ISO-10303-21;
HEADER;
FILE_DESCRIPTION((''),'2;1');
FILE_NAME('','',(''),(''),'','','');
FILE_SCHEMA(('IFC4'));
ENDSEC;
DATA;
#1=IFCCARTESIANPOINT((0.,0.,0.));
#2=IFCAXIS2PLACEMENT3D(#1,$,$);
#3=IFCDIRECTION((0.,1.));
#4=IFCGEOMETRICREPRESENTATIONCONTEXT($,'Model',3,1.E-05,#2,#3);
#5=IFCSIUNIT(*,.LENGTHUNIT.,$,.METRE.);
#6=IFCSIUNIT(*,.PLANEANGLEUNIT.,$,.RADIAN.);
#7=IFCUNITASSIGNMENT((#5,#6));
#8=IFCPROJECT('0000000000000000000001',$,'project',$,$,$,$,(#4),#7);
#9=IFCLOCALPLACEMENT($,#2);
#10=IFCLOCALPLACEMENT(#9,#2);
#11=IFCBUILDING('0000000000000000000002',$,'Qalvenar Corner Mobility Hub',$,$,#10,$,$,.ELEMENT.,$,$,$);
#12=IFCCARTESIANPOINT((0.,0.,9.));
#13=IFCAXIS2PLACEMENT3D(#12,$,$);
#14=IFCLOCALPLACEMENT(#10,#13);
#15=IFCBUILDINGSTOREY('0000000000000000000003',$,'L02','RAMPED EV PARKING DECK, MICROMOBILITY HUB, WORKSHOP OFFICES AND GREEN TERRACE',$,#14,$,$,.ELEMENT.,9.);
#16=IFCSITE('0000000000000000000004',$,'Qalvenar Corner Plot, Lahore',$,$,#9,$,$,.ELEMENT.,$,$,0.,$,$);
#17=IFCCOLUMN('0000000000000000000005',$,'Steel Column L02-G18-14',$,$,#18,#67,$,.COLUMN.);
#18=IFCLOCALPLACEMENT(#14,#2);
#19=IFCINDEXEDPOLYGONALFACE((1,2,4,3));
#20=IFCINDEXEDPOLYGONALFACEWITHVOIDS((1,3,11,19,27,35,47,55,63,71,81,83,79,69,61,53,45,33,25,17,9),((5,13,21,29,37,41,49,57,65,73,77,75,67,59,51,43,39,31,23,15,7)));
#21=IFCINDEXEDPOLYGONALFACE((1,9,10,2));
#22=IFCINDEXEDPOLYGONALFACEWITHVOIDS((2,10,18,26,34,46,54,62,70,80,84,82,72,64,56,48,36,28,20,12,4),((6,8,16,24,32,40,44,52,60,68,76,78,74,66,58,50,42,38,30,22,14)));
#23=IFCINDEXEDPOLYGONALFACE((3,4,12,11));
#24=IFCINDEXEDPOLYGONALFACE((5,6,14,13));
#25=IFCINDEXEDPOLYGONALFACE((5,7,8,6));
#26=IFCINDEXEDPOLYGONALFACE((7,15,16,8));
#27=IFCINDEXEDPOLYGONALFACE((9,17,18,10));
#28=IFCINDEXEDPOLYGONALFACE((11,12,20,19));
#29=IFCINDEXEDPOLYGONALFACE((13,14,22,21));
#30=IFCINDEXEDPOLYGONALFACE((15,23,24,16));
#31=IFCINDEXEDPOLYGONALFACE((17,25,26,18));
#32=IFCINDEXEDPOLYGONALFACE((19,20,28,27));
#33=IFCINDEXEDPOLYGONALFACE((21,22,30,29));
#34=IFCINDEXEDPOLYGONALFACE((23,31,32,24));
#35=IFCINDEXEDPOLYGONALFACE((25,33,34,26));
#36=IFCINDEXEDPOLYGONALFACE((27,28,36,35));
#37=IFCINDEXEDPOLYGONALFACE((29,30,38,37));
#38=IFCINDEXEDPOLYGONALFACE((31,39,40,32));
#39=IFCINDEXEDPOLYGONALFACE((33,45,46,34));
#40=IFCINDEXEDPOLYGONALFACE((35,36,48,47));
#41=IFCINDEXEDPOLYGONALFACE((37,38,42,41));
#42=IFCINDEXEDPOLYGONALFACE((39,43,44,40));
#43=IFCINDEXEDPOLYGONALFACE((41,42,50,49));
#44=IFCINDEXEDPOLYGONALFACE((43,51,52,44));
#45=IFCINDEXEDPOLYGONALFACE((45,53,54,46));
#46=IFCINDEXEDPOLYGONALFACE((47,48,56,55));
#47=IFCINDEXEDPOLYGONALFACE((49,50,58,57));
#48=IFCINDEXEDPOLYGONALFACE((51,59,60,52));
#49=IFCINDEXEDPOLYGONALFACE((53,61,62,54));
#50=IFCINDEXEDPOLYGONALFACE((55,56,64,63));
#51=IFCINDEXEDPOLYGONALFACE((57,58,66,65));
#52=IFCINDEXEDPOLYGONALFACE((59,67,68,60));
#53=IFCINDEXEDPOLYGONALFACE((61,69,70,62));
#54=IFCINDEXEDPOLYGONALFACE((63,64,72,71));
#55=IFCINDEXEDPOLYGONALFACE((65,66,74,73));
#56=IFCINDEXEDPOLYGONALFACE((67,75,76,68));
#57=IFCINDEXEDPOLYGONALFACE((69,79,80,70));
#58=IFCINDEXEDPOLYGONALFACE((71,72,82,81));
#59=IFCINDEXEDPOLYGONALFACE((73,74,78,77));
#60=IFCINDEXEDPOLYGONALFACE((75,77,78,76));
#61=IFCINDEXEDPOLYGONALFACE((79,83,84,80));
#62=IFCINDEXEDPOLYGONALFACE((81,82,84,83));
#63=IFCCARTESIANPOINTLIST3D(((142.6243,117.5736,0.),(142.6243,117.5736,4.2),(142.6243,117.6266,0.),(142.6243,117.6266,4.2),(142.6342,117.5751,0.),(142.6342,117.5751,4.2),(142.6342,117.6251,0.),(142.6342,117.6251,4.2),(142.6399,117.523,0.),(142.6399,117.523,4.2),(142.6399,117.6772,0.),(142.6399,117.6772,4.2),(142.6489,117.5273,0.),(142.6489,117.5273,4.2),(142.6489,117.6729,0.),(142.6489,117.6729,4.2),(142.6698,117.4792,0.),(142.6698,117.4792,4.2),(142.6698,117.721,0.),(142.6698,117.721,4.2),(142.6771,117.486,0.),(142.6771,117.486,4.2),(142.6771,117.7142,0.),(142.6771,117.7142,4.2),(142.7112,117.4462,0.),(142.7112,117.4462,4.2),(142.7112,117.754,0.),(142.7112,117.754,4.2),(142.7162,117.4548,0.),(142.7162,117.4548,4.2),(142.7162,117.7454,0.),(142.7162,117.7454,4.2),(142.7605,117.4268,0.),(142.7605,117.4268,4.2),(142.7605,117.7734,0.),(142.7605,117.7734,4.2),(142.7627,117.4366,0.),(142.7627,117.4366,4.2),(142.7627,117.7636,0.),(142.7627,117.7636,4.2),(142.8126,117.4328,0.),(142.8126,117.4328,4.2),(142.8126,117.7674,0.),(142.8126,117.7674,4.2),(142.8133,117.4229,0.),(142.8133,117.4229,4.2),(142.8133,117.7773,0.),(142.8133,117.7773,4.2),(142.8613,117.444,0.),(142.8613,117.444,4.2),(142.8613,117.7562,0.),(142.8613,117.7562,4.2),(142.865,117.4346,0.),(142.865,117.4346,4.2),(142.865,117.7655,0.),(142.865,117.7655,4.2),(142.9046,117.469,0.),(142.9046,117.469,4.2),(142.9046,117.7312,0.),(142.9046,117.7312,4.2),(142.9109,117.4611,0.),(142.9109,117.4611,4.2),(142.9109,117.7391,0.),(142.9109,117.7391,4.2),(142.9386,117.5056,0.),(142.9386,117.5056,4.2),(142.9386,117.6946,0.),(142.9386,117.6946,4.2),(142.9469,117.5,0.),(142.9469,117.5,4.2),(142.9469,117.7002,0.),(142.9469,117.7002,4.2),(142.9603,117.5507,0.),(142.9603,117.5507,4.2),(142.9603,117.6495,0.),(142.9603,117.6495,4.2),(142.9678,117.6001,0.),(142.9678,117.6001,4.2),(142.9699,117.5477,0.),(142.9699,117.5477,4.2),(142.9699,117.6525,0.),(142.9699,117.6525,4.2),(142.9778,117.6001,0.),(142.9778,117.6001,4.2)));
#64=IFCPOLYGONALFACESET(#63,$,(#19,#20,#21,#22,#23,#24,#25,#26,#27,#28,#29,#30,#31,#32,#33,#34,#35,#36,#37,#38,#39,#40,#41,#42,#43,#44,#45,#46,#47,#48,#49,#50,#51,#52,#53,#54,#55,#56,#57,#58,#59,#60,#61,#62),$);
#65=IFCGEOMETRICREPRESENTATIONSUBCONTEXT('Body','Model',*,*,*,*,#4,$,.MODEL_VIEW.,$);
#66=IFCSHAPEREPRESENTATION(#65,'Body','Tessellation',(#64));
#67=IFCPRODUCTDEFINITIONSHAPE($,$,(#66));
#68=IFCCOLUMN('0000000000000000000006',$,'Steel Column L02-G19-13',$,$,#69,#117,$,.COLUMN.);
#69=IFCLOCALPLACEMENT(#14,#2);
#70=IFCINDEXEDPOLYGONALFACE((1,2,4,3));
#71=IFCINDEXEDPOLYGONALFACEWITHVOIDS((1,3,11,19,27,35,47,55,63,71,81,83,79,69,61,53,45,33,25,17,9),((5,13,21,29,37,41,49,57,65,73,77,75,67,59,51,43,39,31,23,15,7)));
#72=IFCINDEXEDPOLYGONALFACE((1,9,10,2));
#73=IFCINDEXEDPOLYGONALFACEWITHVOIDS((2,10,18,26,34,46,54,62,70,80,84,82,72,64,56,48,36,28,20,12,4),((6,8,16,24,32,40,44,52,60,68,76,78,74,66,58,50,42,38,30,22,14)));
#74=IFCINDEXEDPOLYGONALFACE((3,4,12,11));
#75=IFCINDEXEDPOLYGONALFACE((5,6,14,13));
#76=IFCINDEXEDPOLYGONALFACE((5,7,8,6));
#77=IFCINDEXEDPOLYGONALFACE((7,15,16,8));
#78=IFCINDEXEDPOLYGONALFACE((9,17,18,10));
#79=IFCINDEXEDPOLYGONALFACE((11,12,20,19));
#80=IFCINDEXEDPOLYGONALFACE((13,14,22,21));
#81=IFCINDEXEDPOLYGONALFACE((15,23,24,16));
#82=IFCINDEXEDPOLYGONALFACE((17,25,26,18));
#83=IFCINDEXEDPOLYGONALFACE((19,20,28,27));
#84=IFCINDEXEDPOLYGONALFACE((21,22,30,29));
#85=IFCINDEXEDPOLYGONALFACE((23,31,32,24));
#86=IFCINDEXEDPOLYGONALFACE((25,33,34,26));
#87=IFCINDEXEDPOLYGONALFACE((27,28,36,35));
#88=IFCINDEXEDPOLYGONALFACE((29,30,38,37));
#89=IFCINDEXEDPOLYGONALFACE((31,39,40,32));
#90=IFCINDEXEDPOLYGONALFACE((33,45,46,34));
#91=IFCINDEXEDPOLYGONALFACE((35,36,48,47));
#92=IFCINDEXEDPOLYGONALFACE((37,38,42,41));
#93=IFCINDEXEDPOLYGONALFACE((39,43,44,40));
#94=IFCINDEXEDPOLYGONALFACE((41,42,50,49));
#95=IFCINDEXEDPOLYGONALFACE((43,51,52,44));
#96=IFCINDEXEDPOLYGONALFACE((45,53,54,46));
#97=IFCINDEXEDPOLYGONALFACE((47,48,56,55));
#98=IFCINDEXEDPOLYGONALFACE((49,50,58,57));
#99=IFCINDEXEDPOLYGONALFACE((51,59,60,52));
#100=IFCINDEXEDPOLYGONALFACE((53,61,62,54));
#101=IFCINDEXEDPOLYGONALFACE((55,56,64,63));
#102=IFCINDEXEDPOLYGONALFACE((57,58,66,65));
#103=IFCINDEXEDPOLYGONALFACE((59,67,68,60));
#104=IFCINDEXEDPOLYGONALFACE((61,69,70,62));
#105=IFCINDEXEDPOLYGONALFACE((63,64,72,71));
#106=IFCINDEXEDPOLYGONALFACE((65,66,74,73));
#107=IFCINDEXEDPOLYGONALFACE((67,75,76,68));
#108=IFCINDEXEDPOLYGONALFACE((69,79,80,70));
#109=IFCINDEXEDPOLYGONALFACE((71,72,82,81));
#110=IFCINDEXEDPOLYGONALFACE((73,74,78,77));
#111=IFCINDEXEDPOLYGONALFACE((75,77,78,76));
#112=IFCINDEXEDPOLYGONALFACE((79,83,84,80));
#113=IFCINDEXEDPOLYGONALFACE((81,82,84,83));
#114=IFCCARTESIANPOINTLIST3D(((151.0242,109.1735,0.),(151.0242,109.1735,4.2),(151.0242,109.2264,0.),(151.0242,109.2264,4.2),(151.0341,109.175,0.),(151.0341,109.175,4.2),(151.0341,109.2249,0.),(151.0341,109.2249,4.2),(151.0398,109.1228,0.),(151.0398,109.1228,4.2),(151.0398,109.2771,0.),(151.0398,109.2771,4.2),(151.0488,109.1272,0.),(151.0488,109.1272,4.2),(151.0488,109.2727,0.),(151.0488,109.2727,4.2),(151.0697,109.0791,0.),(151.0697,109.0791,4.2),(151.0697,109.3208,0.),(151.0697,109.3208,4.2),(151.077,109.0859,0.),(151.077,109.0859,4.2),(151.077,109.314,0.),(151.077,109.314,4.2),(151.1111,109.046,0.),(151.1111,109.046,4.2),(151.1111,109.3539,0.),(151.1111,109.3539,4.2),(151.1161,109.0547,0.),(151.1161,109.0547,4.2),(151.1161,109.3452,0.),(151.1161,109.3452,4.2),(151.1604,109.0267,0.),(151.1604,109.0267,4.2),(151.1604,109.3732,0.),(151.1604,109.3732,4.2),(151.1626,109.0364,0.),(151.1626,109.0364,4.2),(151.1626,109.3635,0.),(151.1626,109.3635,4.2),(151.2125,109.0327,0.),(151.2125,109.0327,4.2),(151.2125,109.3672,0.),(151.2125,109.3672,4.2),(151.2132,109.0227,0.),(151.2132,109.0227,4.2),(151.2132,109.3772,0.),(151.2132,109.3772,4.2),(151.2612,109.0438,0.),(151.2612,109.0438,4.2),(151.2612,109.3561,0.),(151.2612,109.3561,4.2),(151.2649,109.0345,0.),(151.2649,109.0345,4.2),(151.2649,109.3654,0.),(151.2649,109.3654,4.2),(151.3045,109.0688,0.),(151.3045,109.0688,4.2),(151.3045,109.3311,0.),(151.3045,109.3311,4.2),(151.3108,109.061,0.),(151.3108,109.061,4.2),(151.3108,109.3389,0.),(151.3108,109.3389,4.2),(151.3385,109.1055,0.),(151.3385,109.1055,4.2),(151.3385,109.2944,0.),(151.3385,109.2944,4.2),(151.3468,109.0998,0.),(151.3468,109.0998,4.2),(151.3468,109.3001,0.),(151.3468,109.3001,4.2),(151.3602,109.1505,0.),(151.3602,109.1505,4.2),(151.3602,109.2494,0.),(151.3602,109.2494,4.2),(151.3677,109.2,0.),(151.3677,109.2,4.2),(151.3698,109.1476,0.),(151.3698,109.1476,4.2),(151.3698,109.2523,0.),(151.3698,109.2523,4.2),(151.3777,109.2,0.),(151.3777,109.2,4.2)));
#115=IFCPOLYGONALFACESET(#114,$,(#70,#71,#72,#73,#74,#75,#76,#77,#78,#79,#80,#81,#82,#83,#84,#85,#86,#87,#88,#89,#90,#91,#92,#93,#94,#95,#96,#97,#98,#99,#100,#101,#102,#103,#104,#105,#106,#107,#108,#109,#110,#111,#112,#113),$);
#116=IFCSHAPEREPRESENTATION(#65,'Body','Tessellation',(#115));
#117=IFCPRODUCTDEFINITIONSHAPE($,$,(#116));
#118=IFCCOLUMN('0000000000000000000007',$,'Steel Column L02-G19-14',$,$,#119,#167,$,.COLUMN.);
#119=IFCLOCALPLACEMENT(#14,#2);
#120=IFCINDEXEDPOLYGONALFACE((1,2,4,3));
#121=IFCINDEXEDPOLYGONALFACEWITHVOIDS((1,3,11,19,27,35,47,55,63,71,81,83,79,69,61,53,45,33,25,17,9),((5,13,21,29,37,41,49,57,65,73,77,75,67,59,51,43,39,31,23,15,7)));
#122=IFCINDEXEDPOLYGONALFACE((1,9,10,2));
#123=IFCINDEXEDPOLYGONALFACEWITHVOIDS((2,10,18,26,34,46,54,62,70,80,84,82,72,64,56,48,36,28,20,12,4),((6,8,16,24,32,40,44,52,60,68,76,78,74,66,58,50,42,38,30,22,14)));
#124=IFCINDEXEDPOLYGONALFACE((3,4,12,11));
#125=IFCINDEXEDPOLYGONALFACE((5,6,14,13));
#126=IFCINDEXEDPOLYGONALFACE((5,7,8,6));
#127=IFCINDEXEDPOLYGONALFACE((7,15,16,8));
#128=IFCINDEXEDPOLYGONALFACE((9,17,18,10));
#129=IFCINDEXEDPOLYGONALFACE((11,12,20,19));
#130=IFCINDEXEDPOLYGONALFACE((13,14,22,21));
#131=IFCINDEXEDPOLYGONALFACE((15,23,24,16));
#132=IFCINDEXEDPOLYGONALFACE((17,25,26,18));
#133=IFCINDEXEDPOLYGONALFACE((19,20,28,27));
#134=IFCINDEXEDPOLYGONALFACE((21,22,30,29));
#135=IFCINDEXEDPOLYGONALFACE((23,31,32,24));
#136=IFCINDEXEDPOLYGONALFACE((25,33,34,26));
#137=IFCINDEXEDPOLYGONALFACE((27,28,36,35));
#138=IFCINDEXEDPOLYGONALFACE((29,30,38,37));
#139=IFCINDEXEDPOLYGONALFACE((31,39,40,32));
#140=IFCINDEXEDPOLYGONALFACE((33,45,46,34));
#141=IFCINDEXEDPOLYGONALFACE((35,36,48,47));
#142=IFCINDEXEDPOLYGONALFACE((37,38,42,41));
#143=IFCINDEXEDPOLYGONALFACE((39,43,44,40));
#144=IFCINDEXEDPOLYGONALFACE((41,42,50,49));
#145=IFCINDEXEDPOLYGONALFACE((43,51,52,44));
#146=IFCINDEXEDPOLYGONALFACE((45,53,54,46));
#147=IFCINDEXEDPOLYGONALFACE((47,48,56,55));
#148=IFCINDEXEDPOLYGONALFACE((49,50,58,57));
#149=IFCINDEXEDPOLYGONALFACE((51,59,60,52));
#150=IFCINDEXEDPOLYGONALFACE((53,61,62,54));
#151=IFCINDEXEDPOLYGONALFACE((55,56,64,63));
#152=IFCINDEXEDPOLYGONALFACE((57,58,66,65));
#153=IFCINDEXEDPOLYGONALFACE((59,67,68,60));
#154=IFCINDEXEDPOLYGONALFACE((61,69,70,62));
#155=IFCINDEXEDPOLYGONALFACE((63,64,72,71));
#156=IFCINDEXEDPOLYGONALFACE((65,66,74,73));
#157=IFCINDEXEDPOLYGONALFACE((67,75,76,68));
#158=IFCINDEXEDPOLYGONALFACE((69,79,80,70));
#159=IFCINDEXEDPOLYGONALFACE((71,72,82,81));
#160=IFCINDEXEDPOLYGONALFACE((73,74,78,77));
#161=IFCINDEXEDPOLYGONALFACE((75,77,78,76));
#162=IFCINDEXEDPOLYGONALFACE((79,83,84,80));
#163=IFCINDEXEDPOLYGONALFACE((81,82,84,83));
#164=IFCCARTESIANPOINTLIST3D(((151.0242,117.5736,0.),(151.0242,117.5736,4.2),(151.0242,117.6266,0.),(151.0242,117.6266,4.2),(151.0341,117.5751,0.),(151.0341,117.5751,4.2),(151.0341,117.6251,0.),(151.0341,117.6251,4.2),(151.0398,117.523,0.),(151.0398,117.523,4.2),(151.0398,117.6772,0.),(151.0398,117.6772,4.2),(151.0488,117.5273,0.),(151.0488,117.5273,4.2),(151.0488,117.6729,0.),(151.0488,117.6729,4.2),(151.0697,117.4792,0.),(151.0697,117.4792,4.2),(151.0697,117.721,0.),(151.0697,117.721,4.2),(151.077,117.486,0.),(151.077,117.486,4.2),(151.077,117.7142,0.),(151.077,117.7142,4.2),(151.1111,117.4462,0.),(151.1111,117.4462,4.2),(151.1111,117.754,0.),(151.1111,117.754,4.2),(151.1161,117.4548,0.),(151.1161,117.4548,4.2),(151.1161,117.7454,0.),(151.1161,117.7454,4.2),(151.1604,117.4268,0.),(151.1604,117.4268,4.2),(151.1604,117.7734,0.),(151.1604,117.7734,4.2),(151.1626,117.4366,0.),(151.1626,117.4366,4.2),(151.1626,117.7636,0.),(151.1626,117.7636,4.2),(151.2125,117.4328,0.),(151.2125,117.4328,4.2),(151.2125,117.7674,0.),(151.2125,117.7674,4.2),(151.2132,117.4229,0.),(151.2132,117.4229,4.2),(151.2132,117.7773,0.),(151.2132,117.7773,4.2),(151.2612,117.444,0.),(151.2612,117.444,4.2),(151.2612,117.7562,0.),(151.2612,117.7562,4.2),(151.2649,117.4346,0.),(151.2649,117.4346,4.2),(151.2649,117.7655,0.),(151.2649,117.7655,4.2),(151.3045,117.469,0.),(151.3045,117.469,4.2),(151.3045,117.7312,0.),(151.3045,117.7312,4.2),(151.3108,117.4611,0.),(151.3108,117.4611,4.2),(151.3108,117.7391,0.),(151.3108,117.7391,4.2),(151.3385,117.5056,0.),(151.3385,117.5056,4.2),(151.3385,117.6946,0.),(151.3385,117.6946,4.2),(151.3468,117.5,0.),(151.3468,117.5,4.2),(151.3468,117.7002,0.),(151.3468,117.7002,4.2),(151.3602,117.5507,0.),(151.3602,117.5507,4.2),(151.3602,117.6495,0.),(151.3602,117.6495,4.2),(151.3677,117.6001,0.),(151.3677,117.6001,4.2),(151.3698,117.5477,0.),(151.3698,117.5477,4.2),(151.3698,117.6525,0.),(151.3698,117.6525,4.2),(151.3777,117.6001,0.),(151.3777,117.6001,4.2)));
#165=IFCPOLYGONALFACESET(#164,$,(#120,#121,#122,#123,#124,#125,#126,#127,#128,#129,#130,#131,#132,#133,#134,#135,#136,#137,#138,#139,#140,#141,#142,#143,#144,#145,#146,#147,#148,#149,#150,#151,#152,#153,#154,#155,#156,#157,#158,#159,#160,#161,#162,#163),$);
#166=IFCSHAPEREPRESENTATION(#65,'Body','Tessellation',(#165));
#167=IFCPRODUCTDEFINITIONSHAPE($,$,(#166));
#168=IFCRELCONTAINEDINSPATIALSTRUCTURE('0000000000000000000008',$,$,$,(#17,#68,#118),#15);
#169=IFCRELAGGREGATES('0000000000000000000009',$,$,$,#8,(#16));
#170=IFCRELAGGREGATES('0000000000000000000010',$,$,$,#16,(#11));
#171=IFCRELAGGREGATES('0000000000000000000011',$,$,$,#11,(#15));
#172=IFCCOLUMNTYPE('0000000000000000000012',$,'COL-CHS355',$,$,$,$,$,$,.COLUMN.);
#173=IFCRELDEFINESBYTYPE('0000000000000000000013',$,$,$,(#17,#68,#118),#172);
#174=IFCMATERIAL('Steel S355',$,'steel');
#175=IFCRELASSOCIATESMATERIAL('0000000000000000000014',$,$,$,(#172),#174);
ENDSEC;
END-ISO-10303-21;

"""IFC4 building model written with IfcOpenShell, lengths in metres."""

from ifc_helpers import new_model, si_unit, direction, frame, origin, origin_2d, place, context, subcontext, project, spatial, hollow_circle, extrude, material, material_profile, profile_set, type_object, element, save


model = new_model("IFC4")

# Units and contexts
model_context = context("Model", 3, precision=1e-05, world=origin(), true_north=direction((0.0, 1.0)))
body_context = subcontext(model_context, "Body", "Model", "MODEL_VIEW")
ifc_project = project(units=[si_unit("LENGTHUNIT", "METRE"), si_unit("PLANEANGLEUNIT", "RADIAN")], contexts=[model_context])

# Site, building, storey
site_placement = place(None, origin())
site = spatial("IfcSite", under=ifc_project, at=site_placement, Name="Qalvenar Corner Plot, Lahore", CompositionType="ELEMENT", RefElevation=0.0)
building_placement = place(site_placement, origin())
building = spatial("IfcBuilding", under=site, at=building_placement, Name="Qalvenar Corner Mobility Hub", CompositionType="ELEMENT")
storey_placement = place(building_placement, frame((0.0, 0.0, 9.0)))
storey = spatial("IfcBuildingStorey", under=building, at=storey_placement, Name="L02", Description="RAMPED EV PARKING DECK, MICROMOBILITY HUB, WORKSHOP OFFICES AND GREEN TERRACE", CompositionType="ELEMENT", Elevation=9.0)

# Columns
ifc_material_1 = material(Name="Steel S355", Category="steel")
ifc_material_profile_1 = material_profile(ifc_material_1, hollow_circle(Radius=0.1777, WallThickness=0.01, at=origin_2d()), Name="CHS355.6x10")
ifc_profile_set_1 = profile_set([ifc_material_profile_1], Name="Steel S355")
column_type_1 = type_object("IfcColumnType", Name="COL-CHS355", PredefinedType="COLUMN", material=ifc_profile_set_1)
for number, where, z_axis, x_axis, name in (
    (1, (142.8, 117.6001, 0.0), (0.0, 0.0, 1.0), (1.0, 0.0, 0.0), "Steel Column L02-G18-14"),
    (2, (151.2, 109.2, 0.0), (0.0, 0.0, 1.0), (1.0, 0.0, 0.0), "Steel Column L02-G19-13"),
    (3, (151.2, 117.6001, 0.0), (0.0, 0.0, 1.0), (1.0, 0.0, 0.0), "Steel Column L02-G19-14"),
):
    element("IfcColumn", number, at=place(storey_placement, frame(where, z_axis=z_axis, x_axis=x_axis)), inside=storey, type_object=column_type_1, Name=name, PredefinedType="COLUMN", context=body_context, shape_type="SweptSolid", body=[
        extrude(hollow_circle(Radius=0.1777, WallThickness=0.01, at=origin_2d()), origin(), (0.0, 0.0, 1.0), 4.2),
    ])

save(model, "model.ifc")
